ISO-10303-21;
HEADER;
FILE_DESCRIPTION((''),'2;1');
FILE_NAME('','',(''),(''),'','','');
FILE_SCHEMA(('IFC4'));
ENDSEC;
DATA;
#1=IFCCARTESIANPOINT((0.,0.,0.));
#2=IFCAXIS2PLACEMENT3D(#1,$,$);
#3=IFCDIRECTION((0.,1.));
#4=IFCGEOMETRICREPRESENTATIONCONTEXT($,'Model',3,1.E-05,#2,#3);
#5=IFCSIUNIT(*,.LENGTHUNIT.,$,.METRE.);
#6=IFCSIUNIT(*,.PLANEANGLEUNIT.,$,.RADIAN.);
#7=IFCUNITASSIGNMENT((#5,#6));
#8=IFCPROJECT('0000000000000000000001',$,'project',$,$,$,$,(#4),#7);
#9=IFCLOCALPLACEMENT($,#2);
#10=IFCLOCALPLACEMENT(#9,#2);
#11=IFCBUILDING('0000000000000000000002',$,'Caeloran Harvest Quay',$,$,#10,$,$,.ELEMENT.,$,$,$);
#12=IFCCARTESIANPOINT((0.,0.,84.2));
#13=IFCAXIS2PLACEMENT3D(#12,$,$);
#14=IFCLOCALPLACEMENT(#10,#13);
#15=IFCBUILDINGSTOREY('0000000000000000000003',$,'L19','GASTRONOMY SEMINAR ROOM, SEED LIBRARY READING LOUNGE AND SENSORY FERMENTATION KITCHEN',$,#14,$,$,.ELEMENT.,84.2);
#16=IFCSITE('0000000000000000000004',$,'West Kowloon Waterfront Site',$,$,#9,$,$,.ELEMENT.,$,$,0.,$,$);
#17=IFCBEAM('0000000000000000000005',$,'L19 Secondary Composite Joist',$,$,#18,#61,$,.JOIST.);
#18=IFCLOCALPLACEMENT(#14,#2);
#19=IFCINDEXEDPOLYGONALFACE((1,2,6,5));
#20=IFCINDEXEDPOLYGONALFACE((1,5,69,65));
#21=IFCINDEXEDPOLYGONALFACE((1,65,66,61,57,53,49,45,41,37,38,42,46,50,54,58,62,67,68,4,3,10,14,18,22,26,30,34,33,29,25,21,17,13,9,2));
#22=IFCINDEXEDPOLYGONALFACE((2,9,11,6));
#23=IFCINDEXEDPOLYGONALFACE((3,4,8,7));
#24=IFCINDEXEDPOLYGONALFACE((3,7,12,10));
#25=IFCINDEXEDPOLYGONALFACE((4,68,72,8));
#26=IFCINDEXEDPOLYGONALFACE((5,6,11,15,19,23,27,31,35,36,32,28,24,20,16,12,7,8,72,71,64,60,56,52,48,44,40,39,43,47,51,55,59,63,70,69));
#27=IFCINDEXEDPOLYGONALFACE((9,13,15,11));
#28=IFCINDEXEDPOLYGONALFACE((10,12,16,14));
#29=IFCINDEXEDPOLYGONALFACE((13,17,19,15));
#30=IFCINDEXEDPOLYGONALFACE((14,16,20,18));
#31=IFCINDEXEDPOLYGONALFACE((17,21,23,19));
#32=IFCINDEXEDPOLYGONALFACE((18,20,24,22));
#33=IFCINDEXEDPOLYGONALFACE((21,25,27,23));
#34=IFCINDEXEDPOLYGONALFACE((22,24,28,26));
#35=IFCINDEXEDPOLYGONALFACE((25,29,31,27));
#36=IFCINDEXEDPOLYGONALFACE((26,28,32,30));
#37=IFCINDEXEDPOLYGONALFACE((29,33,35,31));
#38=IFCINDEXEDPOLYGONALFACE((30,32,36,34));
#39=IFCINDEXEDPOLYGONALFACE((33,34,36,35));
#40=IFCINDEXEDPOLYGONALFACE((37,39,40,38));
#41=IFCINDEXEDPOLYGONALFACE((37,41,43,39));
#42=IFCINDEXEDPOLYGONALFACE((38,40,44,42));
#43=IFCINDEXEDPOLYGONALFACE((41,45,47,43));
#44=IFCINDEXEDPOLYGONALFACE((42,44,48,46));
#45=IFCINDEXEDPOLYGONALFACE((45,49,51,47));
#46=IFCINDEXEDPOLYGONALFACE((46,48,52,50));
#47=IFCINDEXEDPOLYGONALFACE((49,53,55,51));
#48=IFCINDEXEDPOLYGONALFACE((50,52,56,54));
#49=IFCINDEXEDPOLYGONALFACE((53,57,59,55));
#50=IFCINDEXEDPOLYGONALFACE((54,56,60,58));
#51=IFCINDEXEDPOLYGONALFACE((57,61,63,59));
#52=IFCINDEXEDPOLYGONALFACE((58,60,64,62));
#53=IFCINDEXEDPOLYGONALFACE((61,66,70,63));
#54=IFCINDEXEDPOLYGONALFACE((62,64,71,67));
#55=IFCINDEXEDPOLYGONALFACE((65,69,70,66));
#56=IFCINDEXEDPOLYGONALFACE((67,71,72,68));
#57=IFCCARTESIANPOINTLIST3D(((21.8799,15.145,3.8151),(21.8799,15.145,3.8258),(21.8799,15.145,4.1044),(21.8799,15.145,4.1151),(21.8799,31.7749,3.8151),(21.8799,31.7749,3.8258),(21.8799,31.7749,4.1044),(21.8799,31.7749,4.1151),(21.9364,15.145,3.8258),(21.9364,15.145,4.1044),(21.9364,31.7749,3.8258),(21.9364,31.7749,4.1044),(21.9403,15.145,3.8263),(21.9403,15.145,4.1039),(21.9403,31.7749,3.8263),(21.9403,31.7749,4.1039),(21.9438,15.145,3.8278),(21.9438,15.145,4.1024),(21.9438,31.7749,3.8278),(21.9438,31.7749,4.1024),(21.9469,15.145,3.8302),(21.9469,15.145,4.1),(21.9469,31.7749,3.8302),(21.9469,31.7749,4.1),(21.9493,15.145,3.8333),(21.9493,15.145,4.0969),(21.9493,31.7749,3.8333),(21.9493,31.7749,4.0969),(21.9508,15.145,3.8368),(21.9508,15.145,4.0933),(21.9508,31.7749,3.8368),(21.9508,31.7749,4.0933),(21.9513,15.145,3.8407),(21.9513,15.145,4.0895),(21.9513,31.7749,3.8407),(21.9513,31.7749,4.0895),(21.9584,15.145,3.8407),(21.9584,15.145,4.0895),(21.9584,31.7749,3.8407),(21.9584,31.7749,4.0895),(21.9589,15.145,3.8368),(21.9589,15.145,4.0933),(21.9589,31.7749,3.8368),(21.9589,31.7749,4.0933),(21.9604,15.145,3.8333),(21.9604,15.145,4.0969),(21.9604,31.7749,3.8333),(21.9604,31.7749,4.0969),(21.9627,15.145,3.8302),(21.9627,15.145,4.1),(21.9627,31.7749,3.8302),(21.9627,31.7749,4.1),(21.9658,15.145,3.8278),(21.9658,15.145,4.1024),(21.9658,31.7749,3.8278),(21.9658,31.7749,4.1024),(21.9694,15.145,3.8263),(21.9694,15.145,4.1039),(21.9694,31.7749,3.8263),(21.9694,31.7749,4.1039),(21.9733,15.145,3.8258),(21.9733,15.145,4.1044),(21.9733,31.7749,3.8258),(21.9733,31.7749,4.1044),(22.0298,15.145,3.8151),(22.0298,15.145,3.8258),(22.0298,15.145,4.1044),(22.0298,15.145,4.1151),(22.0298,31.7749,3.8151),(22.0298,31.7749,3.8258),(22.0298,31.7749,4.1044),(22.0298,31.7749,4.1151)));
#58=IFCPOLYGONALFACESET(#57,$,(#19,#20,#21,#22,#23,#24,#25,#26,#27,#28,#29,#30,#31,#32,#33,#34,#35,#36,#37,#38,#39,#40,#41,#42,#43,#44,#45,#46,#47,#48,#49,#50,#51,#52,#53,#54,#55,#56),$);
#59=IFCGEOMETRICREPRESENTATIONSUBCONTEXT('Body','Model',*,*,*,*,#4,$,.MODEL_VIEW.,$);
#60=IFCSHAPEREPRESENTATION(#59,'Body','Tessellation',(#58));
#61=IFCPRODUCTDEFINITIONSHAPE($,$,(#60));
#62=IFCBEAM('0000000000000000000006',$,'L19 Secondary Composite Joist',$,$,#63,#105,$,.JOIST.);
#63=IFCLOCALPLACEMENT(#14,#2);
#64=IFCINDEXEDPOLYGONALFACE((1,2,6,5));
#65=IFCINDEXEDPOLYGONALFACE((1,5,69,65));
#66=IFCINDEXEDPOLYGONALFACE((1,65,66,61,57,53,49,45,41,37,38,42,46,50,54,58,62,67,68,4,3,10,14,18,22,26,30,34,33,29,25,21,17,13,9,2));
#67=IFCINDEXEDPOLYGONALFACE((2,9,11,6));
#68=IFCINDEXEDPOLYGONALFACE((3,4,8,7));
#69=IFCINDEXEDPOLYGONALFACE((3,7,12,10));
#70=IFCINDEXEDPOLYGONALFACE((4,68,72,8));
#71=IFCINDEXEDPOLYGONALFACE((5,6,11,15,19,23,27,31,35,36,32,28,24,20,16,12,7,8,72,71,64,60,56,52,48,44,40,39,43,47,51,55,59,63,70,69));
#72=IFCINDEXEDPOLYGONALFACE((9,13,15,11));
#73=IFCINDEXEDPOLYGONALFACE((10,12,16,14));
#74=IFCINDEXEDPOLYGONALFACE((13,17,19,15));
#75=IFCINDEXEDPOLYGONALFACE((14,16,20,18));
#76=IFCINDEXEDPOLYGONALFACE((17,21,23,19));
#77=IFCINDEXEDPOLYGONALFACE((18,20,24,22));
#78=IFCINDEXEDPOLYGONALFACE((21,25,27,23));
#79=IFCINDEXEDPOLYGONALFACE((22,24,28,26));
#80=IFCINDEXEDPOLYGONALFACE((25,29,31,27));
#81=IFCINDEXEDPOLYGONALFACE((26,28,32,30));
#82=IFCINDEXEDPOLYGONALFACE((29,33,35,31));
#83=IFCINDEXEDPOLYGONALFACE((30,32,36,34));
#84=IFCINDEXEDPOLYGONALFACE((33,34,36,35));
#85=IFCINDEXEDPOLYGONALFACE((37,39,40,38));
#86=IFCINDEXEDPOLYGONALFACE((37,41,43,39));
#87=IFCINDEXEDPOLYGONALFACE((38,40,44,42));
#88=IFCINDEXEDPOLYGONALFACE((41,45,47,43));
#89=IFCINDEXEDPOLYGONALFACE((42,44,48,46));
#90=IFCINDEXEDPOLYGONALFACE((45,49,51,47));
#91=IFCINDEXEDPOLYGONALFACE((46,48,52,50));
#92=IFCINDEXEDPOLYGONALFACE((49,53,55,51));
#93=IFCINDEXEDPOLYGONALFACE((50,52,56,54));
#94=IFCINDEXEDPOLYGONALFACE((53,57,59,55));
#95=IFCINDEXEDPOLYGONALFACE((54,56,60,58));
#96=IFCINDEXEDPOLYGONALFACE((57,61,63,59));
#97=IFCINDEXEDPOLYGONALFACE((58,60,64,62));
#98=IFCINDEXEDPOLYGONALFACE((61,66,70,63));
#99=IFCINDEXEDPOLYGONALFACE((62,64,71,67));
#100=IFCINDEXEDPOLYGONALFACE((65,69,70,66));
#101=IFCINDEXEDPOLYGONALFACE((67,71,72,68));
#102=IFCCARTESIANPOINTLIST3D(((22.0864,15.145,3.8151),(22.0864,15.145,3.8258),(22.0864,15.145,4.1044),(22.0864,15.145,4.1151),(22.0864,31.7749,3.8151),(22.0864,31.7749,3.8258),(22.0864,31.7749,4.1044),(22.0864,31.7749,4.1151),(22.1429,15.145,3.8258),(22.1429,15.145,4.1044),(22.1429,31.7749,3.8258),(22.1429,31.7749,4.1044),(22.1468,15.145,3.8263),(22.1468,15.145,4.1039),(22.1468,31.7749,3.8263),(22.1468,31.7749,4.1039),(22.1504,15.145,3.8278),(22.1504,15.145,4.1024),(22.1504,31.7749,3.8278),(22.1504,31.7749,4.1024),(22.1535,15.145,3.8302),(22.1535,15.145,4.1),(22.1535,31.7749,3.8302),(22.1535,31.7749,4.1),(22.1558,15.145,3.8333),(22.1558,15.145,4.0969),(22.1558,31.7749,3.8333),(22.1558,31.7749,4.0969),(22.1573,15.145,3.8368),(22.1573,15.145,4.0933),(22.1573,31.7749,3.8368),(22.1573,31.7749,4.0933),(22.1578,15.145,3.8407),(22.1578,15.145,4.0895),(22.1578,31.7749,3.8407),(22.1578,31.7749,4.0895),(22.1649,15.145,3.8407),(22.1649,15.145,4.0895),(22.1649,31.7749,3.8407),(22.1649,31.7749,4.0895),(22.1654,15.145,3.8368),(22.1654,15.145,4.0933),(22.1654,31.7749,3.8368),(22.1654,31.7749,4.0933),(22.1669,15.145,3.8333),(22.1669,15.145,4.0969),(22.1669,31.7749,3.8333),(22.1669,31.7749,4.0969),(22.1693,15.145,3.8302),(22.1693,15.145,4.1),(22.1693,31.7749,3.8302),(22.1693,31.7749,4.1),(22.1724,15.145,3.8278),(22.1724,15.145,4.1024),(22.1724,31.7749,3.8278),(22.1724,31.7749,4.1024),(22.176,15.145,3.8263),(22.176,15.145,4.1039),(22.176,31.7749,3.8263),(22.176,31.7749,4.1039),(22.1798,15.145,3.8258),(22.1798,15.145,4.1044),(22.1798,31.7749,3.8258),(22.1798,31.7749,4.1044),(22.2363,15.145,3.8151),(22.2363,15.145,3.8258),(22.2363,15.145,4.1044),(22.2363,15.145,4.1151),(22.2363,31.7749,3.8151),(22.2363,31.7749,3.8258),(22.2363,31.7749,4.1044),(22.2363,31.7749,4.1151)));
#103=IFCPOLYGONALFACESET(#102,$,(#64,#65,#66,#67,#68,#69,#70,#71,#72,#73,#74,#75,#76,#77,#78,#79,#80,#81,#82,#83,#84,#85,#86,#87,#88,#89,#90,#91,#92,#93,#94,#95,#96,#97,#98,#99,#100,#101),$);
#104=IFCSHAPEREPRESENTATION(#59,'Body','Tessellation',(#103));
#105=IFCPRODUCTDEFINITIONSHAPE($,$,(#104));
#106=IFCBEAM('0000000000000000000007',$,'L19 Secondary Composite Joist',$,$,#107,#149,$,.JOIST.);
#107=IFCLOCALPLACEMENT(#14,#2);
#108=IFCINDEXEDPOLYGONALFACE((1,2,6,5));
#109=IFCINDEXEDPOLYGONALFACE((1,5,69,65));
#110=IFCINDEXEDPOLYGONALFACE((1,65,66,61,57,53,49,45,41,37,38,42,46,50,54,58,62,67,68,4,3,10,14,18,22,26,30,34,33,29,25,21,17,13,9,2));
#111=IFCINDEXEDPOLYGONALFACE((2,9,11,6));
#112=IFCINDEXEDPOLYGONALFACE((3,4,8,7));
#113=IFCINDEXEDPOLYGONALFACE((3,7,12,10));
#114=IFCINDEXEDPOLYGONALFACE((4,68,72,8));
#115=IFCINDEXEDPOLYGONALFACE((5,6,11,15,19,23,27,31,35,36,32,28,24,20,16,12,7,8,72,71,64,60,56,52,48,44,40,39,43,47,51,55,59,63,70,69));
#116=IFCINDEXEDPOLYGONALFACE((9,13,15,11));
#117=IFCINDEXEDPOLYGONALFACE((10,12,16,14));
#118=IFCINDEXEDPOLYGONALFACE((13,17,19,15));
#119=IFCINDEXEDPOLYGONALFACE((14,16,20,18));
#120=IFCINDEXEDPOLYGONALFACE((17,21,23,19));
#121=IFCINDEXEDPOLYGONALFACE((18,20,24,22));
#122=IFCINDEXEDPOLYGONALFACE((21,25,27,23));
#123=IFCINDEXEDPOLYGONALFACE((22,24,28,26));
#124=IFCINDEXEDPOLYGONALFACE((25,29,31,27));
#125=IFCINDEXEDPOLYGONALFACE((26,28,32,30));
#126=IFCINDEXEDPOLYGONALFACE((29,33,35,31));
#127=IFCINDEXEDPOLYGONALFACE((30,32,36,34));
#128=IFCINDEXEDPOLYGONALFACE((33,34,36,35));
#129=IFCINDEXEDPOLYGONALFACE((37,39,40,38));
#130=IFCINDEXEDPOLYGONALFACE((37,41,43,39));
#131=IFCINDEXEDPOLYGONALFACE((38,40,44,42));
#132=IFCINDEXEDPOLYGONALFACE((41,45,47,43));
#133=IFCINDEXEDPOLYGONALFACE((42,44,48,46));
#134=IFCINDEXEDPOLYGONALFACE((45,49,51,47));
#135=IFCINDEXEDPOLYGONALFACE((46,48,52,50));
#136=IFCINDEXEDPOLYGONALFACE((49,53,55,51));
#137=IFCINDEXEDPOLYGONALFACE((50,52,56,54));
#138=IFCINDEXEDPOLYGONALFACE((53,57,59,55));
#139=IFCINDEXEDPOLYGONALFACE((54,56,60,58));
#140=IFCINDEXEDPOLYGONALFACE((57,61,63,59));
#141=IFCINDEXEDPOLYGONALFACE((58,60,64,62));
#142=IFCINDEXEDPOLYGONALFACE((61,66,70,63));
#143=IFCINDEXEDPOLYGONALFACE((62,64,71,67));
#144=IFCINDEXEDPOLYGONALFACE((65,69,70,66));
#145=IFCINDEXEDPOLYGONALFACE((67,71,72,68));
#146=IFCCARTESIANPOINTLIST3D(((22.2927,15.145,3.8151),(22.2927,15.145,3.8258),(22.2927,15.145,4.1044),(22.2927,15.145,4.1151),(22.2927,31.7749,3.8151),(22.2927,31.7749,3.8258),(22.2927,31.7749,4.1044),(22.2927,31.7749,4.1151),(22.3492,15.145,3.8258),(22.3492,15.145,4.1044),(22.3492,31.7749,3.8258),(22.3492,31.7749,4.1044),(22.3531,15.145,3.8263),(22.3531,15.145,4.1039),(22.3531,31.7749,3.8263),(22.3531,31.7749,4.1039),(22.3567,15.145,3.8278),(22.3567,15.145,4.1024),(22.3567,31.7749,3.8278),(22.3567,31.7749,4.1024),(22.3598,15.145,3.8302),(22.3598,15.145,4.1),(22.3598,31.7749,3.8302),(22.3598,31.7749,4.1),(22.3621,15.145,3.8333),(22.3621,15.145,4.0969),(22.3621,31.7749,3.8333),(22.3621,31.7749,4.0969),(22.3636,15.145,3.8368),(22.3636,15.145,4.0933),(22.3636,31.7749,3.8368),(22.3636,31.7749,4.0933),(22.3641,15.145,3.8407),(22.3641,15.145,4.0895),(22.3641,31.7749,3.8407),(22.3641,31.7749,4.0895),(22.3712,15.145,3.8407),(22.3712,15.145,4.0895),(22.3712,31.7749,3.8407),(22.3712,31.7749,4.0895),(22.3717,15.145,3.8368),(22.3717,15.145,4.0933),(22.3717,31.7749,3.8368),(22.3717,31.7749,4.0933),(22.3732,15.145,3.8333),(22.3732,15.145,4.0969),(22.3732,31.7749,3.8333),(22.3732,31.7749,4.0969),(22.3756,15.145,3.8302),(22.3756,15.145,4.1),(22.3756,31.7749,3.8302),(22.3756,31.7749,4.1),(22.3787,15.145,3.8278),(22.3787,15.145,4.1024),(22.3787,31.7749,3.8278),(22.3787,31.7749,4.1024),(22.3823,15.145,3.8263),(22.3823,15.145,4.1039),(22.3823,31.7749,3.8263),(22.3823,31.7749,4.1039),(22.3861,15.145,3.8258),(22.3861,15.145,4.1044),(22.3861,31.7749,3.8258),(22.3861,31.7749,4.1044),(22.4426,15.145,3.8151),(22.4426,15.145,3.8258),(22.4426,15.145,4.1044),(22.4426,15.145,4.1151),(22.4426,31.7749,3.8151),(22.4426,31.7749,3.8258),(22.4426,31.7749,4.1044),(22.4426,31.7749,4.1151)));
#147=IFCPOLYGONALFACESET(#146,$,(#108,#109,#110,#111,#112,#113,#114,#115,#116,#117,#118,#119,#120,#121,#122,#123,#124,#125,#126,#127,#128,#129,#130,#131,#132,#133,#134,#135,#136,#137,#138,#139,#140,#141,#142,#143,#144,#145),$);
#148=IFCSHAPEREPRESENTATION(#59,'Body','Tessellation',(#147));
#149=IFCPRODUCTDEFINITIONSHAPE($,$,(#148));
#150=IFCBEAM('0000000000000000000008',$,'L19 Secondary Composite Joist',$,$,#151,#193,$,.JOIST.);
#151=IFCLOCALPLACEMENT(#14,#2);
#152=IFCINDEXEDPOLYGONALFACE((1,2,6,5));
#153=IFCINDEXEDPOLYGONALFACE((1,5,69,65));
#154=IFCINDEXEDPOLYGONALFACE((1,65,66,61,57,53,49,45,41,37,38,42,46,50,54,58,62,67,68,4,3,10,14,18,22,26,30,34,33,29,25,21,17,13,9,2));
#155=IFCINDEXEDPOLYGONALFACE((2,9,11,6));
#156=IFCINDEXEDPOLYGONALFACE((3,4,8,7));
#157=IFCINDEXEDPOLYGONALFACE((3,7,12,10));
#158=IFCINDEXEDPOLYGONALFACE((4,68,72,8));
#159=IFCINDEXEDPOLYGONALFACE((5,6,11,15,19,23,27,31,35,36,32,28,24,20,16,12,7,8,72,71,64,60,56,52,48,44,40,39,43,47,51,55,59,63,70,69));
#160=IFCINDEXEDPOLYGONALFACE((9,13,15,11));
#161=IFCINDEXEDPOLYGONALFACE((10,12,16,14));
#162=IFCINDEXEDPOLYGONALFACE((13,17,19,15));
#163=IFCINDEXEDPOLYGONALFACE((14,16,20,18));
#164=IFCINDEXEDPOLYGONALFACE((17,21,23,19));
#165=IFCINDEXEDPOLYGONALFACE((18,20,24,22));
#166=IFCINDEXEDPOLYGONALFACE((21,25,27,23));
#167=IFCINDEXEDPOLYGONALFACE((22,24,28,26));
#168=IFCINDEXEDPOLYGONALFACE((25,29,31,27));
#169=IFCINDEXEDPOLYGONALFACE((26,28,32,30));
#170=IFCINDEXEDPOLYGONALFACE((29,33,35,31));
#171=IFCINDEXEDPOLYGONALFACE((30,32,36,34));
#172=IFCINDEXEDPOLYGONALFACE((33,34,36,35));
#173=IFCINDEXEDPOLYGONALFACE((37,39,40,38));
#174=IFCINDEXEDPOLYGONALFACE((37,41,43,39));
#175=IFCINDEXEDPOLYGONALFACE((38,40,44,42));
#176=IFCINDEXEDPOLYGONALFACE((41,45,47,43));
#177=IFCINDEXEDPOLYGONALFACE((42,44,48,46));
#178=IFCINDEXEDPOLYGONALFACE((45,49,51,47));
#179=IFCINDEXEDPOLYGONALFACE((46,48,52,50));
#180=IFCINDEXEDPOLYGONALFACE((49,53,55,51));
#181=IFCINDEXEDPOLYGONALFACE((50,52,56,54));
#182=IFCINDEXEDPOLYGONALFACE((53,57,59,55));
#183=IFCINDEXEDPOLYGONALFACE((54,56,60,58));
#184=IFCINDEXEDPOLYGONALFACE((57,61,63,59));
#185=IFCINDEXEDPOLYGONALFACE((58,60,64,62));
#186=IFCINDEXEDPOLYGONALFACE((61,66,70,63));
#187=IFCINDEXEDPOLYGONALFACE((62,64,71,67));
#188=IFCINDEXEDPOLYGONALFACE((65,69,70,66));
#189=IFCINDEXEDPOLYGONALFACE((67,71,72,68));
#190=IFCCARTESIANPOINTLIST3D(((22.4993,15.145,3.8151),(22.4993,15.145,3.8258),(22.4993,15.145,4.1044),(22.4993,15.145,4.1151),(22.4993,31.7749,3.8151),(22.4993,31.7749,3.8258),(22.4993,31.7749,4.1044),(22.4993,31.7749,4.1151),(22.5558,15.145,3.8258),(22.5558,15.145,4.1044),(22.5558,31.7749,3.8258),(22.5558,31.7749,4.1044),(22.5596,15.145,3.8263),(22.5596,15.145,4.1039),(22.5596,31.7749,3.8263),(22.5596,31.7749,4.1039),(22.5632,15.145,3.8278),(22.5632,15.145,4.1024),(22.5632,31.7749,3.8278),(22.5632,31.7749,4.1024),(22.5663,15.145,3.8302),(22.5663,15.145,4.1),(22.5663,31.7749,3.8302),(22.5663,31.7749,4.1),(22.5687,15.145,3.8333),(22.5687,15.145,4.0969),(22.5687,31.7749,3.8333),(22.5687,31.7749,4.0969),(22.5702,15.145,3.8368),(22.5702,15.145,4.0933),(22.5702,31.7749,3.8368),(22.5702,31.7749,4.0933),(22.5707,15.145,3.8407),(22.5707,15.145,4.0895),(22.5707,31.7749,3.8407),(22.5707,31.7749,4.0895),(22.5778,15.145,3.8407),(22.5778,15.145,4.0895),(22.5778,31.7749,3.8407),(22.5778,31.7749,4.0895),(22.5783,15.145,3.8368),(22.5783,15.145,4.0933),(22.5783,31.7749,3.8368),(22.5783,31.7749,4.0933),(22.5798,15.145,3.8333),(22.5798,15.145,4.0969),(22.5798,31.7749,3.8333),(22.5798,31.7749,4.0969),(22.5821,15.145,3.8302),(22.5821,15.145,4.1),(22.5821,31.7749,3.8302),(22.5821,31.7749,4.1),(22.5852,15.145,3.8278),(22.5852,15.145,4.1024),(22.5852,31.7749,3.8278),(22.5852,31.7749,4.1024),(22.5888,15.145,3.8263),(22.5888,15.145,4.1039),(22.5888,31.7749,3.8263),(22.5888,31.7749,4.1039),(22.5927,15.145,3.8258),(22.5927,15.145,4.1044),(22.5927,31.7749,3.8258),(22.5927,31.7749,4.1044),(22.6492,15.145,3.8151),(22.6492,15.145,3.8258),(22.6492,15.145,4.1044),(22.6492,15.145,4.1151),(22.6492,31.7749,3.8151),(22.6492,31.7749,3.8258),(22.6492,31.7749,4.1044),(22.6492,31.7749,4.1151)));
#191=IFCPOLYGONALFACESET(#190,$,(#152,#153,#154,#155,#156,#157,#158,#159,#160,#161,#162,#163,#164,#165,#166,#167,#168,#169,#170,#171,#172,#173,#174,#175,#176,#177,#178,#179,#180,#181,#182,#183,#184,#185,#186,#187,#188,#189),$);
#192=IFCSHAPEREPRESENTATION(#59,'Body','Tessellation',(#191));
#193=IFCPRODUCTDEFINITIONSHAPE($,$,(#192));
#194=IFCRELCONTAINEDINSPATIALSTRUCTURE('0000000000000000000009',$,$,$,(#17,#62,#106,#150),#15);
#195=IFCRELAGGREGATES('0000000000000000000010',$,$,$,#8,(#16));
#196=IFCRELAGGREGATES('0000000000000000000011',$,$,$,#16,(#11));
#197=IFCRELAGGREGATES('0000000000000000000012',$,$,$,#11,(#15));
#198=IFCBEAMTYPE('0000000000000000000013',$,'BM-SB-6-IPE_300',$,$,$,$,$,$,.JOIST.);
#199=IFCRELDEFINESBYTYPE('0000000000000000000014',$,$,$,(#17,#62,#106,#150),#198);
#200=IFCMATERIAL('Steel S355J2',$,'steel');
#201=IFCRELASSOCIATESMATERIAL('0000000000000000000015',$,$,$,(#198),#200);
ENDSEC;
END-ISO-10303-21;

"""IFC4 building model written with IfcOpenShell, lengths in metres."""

from ifc_helpers import new_model, si_unit, direction, frame, origin, origin_2d, place, context, subcontext, project, spatial, i_section, extrude, material, material_profile, profile_set, type_object, element, save


model = new_model("IFC4")

# Units and contexts
model_context = context("Model", 3, precision=1e-05, world=origin(), true_north=direction((0.0, 1.0)))
body_context = subcontext(model_context, "Body", "Model", "MODEL_VIEW")
ifc_project = project(units=[si_unit("LENGTHUNIT", "METRE"), si_unit("PLANEANGLEUNIT", "RADIAN")], contexts=[model_context])

# Site, building, storey
site_placement = place(None, origin())
site = spatial("IfcSite", under=ifc_project, at=site_placement, Name="West Kowloon Waterfront Site", CompositionType="ELEMENT", RefElevation=0.0)
building_placement = place(site_placement, origin())
building = spatial("IfcBuilding", under=site, at=building_placement, Name="Caeloran Harvest Quay", CompositionType="ELEMENT")
storey_placement = place(building_placement, frame((0.0, 0.0, 84.2)))
storey = spatial("IfcBuildingStorey", under=building, at=storey_placement, Name="L19", Description="GASTRONOMY SEMINAR ROOM, SEED LIBRARY READING LOUNGE AND SENSORY FERMENTATION KITCHEN", CompositionType="ELEMENT", Elevation=84.2)

# Beams
ifc_material_1 = material(Name="Steel S355J2", Category="steel")
ifc_material_profile_1 = material_profile(ifc_material_1, i_section(OverallWidth=0.1499, OverallDepth=0.3, WebThickness=0.0071, FlangeThickness=0.0107, FilletRadius=0.0149, at=origin_2d()), Name="IPE 300")
ifc_profile_set_1 = profile_set([ifc_material_profile_1], Name="Steel S355J2")
beam_type_1 = type_object("IfcBeamType", Name="BM-SB-6-IPE_300", PredefinedType="JOIST", material=ifc_profile_set_1)
for number, where, z_axis, x_axis, name in (
    (1, (21.9548, 15.145, 3.9651), (0.0, 1.0, 0.0), (-1.0, 0.0, 0.0), "L19 Secondary Composite Joist"),
    (2, (22.1614, 15.145, 3.9651), (0.0, 1.0, 0.0), (-1.0, 0.0, 0.0), "L19 Secondary Composite Joist"),
    (3, (22.3677, 15.145, 3.9651), (0.0, 1.0, 0.0), (-1.0, 0.0, 0.0), "L19 Secondary Composite Joist"),
    (4, (22.5742, 15.145, 3.9651), (0.0, 1.0, 0.0), (-1.0, 0.0, 0.0), "L19 Secondary Composite Joist"),
):
    element("IfcBeam", number, at=place(storey_placement, frame(where, z_axis=z_axis, x_axis=x_axis)), inside=storey, type_object=beam_type_1, Name=name, PredefinedType="JOIST", context=body_context, shape_type="SweptSolid", body=[
        extrude(i_section(OverallWidth=0.1499, OverallDepth=0.3, WebThickness=0.0071, FlangeThickness=0.0107, FilletRadius=0.0149, at=origin_2d()), origin(), (0.0, 0.0, 1.0), 16.6299),
    ])

save(model, "model.ifc")
